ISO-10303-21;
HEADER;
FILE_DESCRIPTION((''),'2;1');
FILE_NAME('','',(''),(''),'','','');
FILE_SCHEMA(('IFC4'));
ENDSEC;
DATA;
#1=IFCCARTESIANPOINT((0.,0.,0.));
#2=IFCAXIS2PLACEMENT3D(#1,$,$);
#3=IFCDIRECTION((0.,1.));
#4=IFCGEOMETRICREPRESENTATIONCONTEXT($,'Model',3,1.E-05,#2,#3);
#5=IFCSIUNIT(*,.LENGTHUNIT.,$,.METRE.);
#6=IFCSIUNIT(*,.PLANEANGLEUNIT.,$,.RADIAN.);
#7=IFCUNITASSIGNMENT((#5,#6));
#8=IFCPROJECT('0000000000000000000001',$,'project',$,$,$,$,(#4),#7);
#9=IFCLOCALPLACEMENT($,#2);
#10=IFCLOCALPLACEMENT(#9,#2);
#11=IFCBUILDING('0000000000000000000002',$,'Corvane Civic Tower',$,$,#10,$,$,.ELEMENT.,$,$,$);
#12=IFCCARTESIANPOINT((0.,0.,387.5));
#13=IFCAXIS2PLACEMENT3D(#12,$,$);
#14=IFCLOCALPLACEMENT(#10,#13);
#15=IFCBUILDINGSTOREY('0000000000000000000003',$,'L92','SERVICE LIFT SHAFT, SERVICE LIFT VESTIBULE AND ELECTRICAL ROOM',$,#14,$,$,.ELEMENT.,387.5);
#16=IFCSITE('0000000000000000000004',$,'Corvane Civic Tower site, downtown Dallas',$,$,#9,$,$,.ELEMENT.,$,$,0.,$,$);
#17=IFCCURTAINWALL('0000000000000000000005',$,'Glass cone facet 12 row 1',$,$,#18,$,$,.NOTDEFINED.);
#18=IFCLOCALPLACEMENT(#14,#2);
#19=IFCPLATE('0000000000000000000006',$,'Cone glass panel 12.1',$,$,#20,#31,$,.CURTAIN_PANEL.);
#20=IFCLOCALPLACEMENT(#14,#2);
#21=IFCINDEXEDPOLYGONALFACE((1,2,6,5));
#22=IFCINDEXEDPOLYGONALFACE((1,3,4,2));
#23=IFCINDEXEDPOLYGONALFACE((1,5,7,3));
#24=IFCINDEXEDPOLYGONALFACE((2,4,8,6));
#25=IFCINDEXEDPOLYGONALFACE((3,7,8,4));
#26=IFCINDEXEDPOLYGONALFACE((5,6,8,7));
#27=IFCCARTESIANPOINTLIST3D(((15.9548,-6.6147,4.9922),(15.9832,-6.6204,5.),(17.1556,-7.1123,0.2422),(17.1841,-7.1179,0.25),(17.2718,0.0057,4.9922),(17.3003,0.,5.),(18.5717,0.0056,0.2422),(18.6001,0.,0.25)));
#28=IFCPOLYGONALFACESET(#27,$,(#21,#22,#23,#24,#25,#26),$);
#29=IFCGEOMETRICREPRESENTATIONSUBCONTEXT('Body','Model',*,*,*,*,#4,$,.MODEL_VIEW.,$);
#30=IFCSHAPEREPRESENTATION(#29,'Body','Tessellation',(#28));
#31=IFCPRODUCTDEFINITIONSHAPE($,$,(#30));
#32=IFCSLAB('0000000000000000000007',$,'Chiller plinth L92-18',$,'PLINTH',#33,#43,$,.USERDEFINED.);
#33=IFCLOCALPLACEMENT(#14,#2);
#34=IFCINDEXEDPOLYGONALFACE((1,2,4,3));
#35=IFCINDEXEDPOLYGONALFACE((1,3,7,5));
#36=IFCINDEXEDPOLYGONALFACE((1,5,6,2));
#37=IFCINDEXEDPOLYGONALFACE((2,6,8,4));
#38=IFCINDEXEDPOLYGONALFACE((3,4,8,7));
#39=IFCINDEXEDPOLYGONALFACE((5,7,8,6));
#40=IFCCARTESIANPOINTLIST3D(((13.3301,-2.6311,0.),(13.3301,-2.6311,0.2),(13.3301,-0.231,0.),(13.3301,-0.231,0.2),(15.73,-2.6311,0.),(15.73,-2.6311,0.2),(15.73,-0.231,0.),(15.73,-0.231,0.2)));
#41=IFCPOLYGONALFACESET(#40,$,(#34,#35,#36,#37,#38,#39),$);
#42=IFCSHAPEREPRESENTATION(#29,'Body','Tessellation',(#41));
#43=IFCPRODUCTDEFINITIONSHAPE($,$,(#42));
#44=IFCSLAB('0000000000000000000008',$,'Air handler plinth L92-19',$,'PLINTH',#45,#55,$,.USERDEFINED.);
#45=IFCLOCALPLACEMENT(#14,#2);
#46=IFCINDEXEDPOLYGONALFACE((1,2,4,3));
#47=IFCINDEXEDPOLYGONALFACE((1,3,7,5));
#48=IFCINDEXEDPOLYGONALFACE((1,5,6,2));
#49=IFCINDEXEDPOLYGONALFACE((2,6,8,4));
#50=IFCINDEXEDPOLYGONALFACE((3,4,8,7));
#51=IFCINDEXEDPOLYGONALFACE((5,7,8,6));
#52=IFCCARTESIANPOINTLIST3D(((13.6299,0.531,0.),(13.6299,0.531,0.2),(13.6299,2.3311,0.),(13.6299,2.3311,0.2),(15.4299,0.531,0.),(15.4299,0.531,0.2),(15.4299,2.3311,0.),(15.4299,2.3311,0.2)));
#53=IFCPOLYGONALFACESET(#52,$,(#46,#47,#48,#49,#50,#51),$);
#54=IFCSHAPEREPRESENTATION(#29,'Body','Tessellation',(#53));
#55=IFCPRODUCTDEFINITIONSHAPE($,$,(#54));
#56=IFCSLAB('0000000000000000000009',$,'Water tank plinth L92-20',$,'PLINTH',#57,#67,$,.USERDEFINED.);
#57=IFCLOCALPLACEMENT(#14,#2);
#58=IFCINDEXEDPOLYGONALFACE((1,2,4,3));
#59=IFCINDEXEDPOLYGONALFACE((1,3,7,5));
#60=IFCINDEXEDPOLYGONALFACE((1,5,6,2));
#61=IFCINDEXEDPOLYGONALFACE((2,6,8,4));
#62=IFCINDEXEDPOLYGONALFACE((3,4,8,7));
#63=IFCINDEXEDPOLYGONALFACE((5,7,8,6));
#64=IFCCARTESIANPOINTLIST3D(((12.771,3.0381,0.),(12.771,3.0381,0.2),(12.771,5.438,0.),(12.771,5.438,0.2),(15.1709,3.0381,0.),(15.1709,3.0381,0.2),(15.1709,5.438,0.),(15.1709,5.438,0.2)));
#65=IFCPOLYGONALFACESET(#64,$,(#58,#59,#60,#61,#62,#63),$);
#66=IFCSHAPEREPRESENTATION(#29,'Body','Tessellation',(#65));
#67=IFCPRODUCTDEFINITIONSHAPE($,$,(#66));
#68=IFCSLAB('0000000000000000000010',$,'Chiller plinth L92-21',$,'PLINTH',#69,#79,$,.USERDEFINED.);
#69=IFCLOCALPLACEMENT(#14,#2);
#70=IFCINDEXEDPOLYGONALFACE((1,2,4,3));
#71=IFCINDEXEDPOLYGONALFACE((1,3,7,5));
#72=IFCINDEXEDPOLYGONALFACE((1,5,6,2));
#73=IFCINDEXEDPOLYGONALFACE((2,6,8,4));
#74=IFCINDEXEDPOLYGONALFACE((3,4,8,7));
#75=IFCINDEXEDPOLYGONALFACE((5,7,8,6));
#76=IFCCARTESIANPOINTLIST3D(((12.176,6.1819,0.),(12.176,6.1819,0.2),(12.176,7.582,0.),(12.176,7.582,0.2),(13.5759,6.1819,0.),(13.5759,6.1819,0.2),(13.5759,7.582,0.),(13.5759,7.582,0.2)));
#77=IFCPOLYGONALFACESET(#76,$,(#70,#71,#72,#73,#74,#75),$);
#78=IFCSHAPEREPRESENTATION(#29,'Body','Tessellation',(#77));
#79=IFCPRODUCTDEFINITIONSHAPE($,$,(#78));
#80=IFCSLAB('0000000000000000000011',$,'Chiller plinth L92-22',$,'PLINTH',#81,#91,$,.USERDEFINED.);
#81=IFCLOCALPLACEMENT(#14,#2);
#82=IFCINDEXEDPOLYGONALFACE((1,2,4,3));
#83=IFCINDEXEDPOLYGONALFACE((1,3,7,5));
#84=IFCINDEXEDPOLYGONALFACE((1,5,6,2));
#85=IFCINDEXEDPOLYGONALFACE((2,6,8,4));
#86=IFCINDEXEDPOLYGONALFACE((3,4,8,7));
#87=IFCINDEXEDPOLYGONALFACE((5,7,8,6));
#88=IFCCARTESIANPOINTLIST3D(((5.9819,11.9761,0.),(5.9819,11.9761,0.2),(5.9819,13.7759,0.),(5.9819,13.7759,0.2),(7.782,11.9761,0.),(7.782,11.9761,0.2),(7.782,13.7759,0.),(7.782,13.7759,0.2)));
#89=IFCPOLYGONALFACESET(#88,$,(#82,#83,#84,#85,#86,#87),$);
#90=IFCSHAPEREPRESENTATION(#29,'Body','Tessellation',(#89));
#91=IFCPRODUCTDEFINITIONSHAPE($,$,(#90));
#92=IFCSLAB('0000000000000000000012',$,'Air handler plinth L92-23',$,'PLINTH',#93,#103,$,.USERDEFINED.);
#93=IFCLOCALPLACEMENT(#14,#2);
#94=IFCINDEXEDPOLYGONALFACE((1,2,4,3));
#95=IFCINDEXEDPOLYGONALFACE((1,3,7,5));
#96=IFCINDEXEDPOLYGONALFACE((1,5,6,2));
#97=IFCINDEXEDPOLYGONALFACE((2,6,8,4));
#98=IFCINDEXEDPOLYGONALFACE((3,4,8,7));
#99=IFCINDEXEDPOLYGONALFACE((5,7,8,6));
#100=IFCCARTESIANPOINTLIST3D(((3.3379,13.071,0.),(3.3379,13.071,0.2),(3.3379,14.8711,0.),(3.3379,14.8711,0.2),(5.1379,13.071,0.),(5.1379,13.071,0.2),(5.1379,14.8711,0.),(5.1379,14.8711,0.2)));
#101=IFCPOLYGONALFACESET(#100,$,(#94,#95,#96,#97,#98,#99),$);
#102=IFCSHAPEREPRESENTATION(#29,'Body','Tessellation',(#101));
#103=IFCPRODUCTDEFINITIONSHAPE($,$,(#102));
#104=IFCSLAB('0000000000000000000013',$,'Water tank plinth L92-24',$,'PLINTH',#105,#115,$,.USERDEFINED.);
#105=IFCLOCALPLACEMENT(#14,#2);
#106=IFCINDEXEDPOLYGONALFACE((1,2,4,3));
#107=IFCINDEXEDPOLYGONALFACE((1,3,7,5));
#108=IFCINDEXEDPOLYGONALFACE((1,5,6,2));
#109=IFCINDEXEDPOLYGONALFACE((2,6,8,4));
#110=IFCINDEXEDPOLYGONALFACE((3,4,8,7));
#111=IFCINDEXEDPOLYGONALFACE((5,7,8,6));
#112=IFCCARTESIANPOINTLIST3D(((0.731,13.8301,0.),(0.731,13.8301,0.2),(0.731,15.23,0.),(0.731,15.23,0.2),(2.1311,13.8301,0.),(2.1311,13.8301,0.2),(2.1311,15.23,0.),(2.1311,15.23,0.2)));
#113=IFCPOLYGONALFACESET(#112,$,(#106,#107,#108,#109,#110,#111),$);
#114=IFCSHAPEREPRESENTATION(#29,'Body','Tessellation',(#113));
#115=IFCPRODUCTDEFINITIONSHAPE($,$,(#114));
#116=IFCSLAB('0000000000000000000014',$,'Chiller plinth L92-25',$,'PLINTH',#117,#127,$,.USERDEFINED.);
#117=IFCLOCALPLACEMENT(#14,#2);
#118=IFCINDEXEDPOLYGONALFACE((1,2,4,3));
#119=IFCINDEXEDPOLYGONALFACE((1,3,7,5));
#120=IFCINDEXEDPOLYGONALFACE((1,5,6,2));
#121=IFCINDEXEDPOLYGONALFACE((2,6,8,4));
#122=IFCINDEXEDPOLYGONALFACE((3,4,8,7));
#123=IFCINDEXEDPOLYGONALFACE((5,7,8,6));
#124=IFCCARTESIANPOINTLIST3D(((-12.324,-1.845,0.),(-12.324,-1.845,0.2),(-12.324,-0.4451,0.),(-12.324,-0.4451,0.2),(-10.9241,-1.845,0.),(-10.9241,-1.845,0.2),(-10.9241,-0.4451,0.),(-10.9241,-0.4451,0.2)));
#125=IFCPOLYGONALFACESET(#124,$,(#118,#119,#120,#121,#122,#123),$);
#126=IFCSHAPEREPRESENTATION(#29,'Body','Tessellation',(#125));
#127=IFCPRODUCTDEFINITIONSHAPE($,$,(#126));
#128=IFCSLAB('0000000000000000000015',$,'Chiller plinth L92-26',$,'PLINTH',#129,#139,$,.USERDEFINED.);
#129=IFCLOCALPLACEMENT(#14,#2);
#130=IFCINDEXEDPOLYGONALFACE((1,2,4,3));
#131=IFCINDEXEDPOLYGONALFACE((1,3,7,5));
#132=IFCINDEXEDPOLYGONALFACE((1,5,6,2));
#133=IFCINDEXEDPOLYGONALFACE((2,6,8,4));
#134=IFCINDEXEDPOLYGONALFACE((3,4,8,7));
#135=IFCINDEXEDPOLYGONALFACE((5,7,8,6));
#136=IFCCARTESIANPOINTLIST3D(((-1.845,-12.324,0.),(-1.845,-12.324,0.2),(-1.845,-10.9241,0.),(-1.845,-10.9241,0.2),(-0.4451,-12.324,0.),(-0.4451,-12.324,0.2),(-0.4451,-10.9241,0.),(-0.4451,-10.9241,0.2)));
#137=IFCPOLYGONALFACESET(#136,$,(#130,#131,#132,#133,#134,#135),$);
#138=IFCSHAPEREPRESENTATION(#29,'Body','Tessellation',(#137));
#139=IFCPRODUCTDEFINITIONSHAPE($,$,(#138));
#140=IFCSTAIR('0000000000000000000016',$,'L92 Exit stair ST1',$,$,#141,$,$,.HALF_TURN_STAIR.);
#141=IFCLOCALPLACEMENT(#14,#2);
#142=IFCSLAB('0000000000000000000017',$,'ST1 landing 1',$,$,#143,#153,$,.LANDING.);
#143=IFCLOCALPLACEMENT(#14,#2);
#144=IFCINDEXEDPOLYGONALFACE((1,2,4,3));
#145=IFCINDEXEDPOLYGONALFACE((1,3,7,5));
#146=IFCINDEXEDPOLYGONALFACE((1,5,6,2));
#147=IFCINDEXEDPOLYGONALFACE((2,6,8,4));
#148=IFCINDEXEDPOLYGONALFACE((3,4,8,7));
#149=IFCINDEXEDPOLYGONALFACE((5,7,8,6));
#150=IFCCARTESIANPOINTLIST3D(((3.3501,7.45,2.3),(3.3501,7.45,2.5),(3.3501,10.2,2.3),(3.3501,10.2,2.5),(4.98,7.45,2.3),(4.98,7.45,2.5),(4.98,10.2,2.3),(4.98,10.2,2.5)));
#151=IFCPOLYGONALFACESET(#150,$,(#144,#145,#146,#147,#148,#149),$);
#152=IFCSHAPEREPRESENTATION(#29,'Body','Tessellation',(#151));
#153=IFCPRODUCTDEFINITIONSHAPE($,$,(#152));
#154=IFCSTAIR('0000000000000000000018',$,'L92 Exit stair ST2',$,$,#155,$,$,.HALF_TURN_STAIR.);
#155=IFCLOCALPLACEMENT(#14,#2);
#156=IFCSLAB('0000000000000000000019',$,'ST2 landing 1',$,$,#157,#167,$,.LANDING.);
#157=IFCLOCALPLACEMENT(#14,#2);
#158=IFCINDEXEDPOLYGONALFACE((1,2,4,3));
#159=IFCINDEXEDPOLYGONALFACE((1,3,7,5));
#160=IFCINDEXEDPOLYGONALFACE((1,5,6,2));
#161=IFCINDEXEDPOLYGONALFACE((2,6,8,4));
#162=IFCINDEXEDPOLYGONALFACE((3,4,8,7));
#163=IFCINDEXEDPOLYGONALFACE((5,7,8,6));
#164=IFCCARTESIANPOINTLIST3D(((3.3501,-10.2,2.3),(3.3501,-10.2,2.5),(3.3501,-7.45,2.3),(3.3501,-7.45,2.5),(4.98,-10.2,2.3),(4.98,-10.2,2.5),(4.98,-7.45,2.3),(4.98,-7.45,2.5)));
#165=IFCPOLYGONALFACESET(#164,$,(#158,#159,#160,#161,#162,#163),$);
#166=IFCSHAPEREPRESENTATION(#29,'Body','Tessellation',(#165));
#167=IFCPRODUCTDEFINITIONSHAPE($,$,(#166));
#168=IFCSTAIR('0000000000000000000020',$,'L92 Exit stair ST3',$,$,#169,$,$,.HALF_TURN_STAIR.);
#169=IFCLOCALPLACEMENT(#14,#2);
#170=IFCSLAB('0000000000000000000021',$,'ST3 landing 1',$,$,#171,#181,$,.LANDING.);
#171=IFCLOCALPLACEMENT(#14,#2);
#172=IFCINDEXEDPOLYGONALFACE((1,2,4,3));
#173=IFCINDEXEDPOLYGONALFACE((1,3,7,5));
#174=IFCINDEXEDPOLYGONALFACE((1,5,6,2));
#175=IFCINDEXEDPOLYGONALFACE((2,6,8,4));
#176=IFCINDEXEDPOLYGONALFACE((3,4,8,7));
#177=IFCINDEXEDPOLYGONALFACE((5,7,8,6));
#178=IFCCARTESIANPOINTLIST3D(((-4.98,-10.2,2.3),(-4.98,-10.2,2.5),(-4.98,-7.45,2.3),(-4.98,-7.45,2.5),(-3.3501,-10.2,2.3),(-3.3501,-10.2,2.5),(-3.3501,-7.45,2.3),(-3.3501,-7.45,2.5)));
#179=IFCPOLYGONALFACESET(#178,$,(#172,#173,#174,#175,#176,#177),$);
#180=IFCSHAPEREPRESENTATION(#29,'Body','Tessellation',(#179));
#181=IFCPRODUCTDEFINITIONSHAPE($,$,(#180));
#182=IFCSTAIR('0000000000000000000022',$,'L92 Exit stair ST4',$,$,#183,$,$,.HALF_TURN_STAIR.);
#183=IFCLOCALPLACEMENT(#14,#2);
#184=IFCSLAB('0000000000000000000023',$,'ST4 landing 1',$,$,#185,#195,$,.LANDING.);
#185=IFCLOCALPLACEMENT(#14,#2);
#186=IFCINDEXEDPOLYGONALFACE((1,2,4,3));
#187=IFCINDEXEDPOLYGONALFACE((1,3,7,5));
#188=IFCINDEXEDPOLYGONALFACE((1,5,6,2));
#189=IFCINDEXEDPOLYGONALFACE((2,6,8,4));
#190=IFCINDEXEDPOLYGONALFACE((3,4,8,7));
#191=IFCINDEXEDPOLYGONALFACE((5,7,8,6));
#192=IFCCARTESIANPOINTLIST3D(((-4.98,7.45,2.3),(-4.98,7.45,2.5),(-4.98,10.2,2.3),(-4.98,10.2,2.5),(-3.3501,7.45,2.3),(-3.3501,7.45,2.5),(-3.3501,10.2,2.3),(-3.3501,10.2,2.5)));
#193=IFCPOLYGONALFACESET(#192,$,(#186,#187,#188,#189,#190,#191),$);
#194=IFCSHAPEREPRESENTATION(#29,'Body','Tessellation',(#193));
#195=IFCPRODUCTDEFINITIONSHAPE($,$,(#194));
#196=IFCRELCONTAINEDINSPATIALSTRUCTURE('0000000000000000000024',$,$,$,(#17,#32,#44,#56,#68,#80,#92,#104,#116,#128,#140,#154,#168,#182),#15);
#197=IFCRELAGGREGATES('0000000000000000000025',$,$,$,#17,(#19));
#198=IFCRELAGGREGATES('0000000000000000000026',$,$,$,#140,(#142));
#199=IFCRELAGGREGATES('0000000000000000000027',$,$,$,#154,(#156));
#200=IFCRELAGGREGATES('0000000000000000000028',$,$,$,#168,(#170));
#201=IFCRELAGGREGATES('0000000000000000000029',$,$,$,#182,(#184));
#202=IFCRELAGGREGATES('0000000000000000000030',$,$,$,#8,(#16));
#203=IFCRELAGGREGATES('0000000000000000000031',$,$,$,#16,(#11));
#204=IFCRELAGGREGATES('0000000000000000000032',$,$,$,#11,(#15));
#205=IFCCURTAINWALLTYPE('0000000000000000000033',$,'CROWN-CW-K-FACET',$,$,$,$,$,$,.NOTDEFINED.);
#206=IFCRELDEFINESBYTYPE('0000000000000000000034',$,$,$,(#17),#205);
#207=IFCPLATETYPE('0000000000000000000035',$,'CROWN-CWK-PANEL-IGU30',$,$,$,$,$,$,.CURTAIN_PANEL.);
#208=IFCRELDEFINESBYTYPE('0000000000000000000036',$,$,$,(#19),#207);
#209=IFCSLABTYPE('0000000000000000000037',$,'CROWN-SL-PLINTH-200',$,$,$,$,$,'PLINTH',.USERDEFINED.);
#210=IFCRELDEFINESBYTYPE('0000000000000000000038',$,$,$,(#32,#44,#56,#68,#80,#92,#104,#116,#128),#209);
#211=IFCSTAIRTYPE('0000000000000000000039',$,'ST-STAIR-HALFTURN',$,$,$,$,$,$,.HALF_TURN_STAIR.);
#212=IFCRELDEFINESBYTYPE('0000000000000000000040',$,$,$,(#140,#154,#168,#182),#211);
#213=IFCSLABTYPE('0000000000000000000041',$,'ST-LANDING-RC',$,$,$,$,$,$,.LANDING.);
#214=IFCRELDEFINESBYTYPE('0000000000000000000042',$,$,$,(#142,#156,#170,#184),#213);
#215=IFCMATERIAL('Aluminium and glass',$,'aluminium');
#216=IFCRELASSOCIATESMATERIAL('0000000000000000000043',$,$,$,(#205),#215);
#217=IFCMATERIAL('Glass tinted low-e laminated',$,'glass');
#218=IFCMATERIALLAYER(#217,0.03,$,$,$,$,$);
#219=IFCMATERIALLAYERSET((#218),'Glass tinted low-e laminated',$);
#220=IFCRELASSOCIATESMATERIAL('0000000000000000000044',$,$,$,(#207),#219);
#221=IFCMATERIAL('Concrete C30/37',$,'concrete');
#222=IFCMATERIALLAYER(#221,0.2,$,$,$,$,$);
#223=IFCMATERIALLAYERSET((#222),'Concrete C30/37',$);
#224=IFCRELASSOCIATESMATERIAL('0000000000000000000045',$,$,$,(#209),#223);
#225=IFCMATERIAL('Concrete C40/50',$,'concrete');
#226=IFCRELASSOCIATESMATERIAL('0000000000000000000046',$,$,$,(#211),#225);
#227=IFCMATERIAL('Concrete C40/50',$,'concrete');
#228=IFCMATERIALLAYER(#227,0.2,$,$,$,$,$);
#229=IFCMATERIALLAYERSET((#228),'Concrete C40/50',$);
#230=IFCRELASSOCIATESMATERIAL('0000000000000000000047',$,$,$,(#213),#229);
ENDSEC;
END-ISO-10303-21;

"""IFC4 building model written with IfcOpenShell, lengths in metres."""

from ifc_helpers import new_model, si_unit, direction, frame, origin, place, context, subcontext, project, spatial, polyline, outline, extrude, material, layer, layer_set, type_object, element, aggregate, save


model = new_model("IFC4")

# Units and contexts
model_context = context("Model", 3, precision=1e-05, world=origin(), true_north=direction((0.0, 1.0)))
body_context = subcontext(model_context, "Body", "Model", "MODEL_VIEW")
ifc_project = project(units=[si_unit("LENGTHUNIT", "METRE"), si_unit("PLANEANGLEUNIT", "RADIAN")], contexts=[model_context])

# Site, building, storey
site_placement = place(None, origin())
site = spatial("IfcSite", under=ifc_project, at=site_placement, Name="Corvane Civic Tower site, downtown Dallas", CompositionType="ELEMENT", RefElevation=0.0)
building_placement = place(site_placement, origin())
building = spatial("IfcBuilding", under=site, at=building_placement, Name="Corvane Civic Tower", CompositionType="ELEMENT")
storey_placement = place(building_placement, frame((0.0, 0.0, 387.5)))
storey = spatial("IfcBuildingStorey", under=building, at=storey_placement, Name="L92", Description="SERVICE LIFT SHAFT, SERVICE LIFT VESTIBULE AND ELECTRICAL ROOM", CompositionType="ELEMENT", Elevation=387.5)

# Curtain wall
ifc_material_1 = material(Name="Aluminium and glass", Category="aluminium")
curtain_wall_type = type_object("IfcCurtainWallType", Name="CROWN-CW-K-FACET", PredefinedType="NOTDEFINED", material=ifc_material_1)
curtain_wall_placement = place(storey_placement, origin())
curtain_wall = element("IfcCurtainWall", 1, at=curtain_wall_placement, inside=storey, type_object=curtain_wall_type, Name="Glass cone facet 12 row 1", PredefinedType="NOTDEFINED")

# Plate
ifc_material_2 = material(Name="Glass tinted low-e laminated", Category="glass")
ifc_layer_1 = layer(ifc_material_2, 0.03)
ifc_layer_set_1 = layer_set([ifc_layer_1], Name="Glass tinted low-e laminated")
plate_type = type_object("IfcPlateType", Name="CROWN-CWK-PANEL-IGU30", PredefinedType="CURTAIN_PANEL", material=ifc_layer_set_1)
plate_placement = place(storey_placement, frame((17.1841, -7.1179, 0.25), z_axis=(0.947254, -0.188451, 0.259221), x_axis=(0.19512, 0.980779, 0.000002)))
plate = element("IfcPlate", 2, at=plate_placement, type_object=plate_type, Name="Cone glass panel 12.1", PredefinedType="CURTAIN_PANEL", context=body_context, shape_type="SweptSolid", body=[
    extrude(outline(polyline([(0.0, 0.0), (7.2574, 0.0), (7.0038, 4.9181), (0.2537, 4.9181), (0.0, 0.0)])), origin(), (0.0, 0.0, -1.0), 0.03),
])
aggregate(curtain_wall, [plate])

# Slabs
ifc_material_3 = material(Name="Concrete C30/37", Category="concrete")
ifc_layer_2 = layer(ifc_material_3, 0.2)
ifc_layer_set_2 = layer_set([ifc_layer_2], Name="Concrete C30/37")
slab_type_1 = type_object("IfcSlabType", Name="CROWN-SL-PLINTH-200", ElementType="PLINTH", PredefinedType="USERDEFINED", material=ifc_layer_set_2)
slab_1_placement = place(storey_placement, origin())
element("IfcSlab", 3, at=slab_1_placement, inside=storey, type_object=slab_type_1, Name="Chiller plinth L92-18", ObjectType="PLINTH", PredefinedType="USERDEFINED", context=body_context, shape_type="SweptSolid", body=[
    extrude(outline(polyline([(15.73, -2.6311), (15.73, -0.231), (13.3301, -0.231), (13.3301, -2.6311), (15.73, -2.6311)])), origin(), (0.0, 0.0, 1.0), 0.2),
])
slab_2_placement = place(storey_placement, origin())
element("IfcSlab", 4, at=slab_2_placement, inside=storey, type_object=slab_type_1, Name="Air handler plinth L92-19", ObjectType="PLINTH", PredefinedType="USERDEFINED", context=body_context, shape_type="SweptSolid", body=[
    extrude(outline(polyline([(15.4299, 0.531), (15.4299, 2.3311), (13.6299, 2.3311), (13.6299, 0.531), (15.4299, 0.531)])), origin(), (0.0, 0.0, 1.0), 0.2),
])
slab_3_placement = place(storey_placement, origin())
element("IfcSlab", 5, at=slab_3_placement, inside=storey, type_object=slab_type_1, Name="Water tank plinth L92-20", ObjectType="PLINTH", PredefinedType="USERDEFINED", context=body_context, shape_type="SweptSolid", body=[
    extrude(outline(polyline([(15.1709, 3.0381), (15.1709, 5.438), (12.771, 5.438), (12.771, 3.0381), (15.1709, 3.0381)])), origin(), (0.0, 0.0, 1.0), 0.2),
])
slab_4_placement = place(storey_placement, origin())
element("IfcSlab", 6, at=slab_4_placement, inside=storey, type_object=slab_type_1, Name="Chiller plinth L92-21", ObjectType="PLINTH", PredefinedType="USERDEFINED", context=body_context, shape_type="SweptSolid", body=[
    extrude(outline(polyline([(13.5759, 6.1819), (13.5759, 7.582), (12.176, 7.582), (12.176, 6.1819), (13.5759, 6.1819)])), origin(), (0.0, 0.0, 1.0), 0.2),
])
slab_5_placement = place(storey_placement, origin())
element("IfcSlab", 7, at=slab_5_placement, inside=storey, type_object=slab_type_1, Name="Chiller plinth L92-22", ObjectType="PLINTH", PredefinedType="USERDEFINED", context=body_context, shape_type="SweptSolid", body=[
    extrude(outline(polyline([(7.782, 11.9761), (7.782, 13.7759), (5.9819, 13.7759), (5.9819, 11.9761), (7.782, 11.9761)])), origin(), (0.0, 0.0, 1.0), 0.2),
])
slab_6_placement = place(storey_placement, origin())
element("IfcSlab", 8, at=slab_6_placement, inside=storey, type_object=slab_type_1, Name="Air handler plinth L92-23", ObjectType="PLINTH", PredefinedType="USERDEFINED", context=body_context, shape_type="SweptSolid", body=[
    extrude(outline(polyline([(5.1379, 13.071), (5.1379, 14.8711), (3.3379, 14.8711), (3.3379, 13.071), (5.1379, 13.071)])), origin(), (0.0, 0.0, 1.0), 0.2),
])
slab_7_placement = place(storey_placement, origin())
element("IfcSlab", 9, at=slab_7_placement, inside=storey, type_object=slab_type_1, Name="Water tank plinth L92-24", ObjectType="PLINTH", PredefinedType="USERDEFINED", context=body_context, shape_type="SweptSolid", body=[
    extrude(outline(polyline([(2.1311, 13.8301), (2.1311, 15.23), (0.731, 15.23), (0.731, 13.8301), (2.1311, 13.8301)])), origin(), (0.0, 0.0, 1.0), 0.2),
])
slab_8_placement = place(storey_placement, origin())
element("IfcSlab", 10, at=slab_8_placement, inside=storey, type_object=slab_type_1, Name="Chiller plinth L92-25", ObjectType="PLINTH", PredefinedType="USERDEFINED", context=body_context, shape_type="SweptSolid", body=[
    extrude(outline(polyline([(-10.9241, -1.845), (-10.9241, -0.4451), (-12.324, -0.4451), (-12.324, -1.845), (-10.9241, -1.845)])), origin(), (0.0, 0.0, 1.0), 0.2),
])
slab_9_placement = place(storey_placement, origin())
element("IfcSlab", 11, at=slab_9_placement, inside=storey, type_object=slab_type_1, Name="Chiller plinth L92-26", ObjectType="PLINTH", PredefinedType="USERDEFINED", context=body_context, shape_type="SweptSolid", body=[
    extrude(outline(polyline([(-0.4451, -12.324), (-0.4451, -10.9241), (-1.845, -10.9241), (-1.845, -12.324), (-0.4451, -12.324)])), origin(), (0.0, 0.0, 1.0), 0.2),
])

# Stairs, slabs
ifc_material_4 = material(Name="Concrete C40/50", Category="concrete")
stair_type = type_object("IfcStairType", Name="ST-STAIR-HALFTURN", PredefinedType="HALF_TURN_STAIR", material=ifc_material_4)
stair_1_placement = place(storey_placement, origin())
stair_1 = element("IfcStair", 12, at=stair_1_placement, inside=storey, type_object=stair_type, Name="L92 Exit stair ST1", PredefinedType="HALF_TURN_STAIR")
ifc_material_5 = material(Name="Concrete C40/50", Category="concrete")
ifc_layer_3 = layer(ifc_material_5, 0.2)
ifc_layer_set_3 = layer_set([ifc_layer_3], Name="Concrete C40/50")
slab_type_2 = type_object("IfcSlabType", Name="ST-LANDING-RC", PredefinedType="LANDING", material=ifc_layer_set_3)
slab_10_placement = place(storey_placement, frame((0.0, 0.0, 2.3)))
slab_10 = element("IfcSlab", 13, at=slab_10_placement, type_object=slab_type_2, Name="ST1 landing 1", PredefinedType="LANDING", context=body_context, shape_type="SweptSolid", body=[
    extrude(outline(polyline([(4.98, 10.2), (3.3501, 10.2), (3.3501, 7.45), (4.98, 7.45), (4.98, 10.2)])), origin(), (0.0, 0.0, 1.0), 0.2),
])
aggregate(stair_1, [slab_10])
stair_2_placement = place(storey_placement, origin())
stair_2 = element("IfcStair", 14, at=stair_2_placement, inside=storey, type_object=stair_type, Name="L92 Exit stair ST2", PredefinedType="HALF_TURN_STAIR")
slab_11_placement = place(storey_placement, frame((0.0, 0.0, 2.3)))
slab_11 = element("IfcSlab", 15, at=slab_11_placement, type_object=slab_type_2, Name="ST2 landing 1", PredefinedType="LANDING", context=body_context, shape_type="SweptSolid", body=[
    extrude(outline(polyline([(4.98, -7.45), (3.3501, -7.45), (3.3501, -10.2), (4.98, -10.2), (4.98, -7.45)])), origin(), (0.0, 0.0, 1.0), 0.2),
])
aggregate(stair_2, [slab_11])
stair_3_placement = place(storey_placement, origin())
stair_3 = element("IfcStair", 16, at=stair_3_placement, inside=storey, type_object=stair_type, Name="L92 Exit stair ST3", PredefinedType="HALF_TURN_STAIR")
slab_12_placement = place(storey_placement, frame((0.0, 0.0, 2.3)))
slab_12 = element("IfcSlab", 17, at=slab_12_placement, type_object=slab_type_2, Name="ST3 landing 1", PredefinedType="LANDING", context=body_context, shape_type="SweptSolid", body=[
    extrude(outline(polyline([(-4.98, -10.2), (-3.3501, -10.2), (-3.3501, -7.45), (-4.98, -7.45), (-4.98, -10.2)])), origin(), (0.0, 0.0, 1.0), 0.2),
])
aggregate(stair_3, [slab_12])
stair_4_placement = place(storey_placement, origin())
stair_4 = element("IfcStair", 18, at=stair_4_placement, inside=storey, type_object=stair_type, Name="L92 Exit stair ST4", PredefinedType="HALF_TURN_STAIR")
slab_13_placement = place(storey_placement, frame((0.0, 0.0, 2.3)))
slab_13 = element("IfcSlab", 19, at=slab_13_placement, type_object=slab_type_2, Name="ST4 landing 1", PredefinedType="LANDING", context=body_context, shape_type="SweptSolid", body=[
    extrude(outline(polyline([(-4.98, 7.45), (-3.3501, 7.45), (-3.3501, 10.2), (-4.98, 10.2), (-4.98, 7.45)])), origin(), (0.0, 0.0, 1.0), 0.2),
])
aggregate(stair_4, [slab_13])

save(model, "model.ifc")
